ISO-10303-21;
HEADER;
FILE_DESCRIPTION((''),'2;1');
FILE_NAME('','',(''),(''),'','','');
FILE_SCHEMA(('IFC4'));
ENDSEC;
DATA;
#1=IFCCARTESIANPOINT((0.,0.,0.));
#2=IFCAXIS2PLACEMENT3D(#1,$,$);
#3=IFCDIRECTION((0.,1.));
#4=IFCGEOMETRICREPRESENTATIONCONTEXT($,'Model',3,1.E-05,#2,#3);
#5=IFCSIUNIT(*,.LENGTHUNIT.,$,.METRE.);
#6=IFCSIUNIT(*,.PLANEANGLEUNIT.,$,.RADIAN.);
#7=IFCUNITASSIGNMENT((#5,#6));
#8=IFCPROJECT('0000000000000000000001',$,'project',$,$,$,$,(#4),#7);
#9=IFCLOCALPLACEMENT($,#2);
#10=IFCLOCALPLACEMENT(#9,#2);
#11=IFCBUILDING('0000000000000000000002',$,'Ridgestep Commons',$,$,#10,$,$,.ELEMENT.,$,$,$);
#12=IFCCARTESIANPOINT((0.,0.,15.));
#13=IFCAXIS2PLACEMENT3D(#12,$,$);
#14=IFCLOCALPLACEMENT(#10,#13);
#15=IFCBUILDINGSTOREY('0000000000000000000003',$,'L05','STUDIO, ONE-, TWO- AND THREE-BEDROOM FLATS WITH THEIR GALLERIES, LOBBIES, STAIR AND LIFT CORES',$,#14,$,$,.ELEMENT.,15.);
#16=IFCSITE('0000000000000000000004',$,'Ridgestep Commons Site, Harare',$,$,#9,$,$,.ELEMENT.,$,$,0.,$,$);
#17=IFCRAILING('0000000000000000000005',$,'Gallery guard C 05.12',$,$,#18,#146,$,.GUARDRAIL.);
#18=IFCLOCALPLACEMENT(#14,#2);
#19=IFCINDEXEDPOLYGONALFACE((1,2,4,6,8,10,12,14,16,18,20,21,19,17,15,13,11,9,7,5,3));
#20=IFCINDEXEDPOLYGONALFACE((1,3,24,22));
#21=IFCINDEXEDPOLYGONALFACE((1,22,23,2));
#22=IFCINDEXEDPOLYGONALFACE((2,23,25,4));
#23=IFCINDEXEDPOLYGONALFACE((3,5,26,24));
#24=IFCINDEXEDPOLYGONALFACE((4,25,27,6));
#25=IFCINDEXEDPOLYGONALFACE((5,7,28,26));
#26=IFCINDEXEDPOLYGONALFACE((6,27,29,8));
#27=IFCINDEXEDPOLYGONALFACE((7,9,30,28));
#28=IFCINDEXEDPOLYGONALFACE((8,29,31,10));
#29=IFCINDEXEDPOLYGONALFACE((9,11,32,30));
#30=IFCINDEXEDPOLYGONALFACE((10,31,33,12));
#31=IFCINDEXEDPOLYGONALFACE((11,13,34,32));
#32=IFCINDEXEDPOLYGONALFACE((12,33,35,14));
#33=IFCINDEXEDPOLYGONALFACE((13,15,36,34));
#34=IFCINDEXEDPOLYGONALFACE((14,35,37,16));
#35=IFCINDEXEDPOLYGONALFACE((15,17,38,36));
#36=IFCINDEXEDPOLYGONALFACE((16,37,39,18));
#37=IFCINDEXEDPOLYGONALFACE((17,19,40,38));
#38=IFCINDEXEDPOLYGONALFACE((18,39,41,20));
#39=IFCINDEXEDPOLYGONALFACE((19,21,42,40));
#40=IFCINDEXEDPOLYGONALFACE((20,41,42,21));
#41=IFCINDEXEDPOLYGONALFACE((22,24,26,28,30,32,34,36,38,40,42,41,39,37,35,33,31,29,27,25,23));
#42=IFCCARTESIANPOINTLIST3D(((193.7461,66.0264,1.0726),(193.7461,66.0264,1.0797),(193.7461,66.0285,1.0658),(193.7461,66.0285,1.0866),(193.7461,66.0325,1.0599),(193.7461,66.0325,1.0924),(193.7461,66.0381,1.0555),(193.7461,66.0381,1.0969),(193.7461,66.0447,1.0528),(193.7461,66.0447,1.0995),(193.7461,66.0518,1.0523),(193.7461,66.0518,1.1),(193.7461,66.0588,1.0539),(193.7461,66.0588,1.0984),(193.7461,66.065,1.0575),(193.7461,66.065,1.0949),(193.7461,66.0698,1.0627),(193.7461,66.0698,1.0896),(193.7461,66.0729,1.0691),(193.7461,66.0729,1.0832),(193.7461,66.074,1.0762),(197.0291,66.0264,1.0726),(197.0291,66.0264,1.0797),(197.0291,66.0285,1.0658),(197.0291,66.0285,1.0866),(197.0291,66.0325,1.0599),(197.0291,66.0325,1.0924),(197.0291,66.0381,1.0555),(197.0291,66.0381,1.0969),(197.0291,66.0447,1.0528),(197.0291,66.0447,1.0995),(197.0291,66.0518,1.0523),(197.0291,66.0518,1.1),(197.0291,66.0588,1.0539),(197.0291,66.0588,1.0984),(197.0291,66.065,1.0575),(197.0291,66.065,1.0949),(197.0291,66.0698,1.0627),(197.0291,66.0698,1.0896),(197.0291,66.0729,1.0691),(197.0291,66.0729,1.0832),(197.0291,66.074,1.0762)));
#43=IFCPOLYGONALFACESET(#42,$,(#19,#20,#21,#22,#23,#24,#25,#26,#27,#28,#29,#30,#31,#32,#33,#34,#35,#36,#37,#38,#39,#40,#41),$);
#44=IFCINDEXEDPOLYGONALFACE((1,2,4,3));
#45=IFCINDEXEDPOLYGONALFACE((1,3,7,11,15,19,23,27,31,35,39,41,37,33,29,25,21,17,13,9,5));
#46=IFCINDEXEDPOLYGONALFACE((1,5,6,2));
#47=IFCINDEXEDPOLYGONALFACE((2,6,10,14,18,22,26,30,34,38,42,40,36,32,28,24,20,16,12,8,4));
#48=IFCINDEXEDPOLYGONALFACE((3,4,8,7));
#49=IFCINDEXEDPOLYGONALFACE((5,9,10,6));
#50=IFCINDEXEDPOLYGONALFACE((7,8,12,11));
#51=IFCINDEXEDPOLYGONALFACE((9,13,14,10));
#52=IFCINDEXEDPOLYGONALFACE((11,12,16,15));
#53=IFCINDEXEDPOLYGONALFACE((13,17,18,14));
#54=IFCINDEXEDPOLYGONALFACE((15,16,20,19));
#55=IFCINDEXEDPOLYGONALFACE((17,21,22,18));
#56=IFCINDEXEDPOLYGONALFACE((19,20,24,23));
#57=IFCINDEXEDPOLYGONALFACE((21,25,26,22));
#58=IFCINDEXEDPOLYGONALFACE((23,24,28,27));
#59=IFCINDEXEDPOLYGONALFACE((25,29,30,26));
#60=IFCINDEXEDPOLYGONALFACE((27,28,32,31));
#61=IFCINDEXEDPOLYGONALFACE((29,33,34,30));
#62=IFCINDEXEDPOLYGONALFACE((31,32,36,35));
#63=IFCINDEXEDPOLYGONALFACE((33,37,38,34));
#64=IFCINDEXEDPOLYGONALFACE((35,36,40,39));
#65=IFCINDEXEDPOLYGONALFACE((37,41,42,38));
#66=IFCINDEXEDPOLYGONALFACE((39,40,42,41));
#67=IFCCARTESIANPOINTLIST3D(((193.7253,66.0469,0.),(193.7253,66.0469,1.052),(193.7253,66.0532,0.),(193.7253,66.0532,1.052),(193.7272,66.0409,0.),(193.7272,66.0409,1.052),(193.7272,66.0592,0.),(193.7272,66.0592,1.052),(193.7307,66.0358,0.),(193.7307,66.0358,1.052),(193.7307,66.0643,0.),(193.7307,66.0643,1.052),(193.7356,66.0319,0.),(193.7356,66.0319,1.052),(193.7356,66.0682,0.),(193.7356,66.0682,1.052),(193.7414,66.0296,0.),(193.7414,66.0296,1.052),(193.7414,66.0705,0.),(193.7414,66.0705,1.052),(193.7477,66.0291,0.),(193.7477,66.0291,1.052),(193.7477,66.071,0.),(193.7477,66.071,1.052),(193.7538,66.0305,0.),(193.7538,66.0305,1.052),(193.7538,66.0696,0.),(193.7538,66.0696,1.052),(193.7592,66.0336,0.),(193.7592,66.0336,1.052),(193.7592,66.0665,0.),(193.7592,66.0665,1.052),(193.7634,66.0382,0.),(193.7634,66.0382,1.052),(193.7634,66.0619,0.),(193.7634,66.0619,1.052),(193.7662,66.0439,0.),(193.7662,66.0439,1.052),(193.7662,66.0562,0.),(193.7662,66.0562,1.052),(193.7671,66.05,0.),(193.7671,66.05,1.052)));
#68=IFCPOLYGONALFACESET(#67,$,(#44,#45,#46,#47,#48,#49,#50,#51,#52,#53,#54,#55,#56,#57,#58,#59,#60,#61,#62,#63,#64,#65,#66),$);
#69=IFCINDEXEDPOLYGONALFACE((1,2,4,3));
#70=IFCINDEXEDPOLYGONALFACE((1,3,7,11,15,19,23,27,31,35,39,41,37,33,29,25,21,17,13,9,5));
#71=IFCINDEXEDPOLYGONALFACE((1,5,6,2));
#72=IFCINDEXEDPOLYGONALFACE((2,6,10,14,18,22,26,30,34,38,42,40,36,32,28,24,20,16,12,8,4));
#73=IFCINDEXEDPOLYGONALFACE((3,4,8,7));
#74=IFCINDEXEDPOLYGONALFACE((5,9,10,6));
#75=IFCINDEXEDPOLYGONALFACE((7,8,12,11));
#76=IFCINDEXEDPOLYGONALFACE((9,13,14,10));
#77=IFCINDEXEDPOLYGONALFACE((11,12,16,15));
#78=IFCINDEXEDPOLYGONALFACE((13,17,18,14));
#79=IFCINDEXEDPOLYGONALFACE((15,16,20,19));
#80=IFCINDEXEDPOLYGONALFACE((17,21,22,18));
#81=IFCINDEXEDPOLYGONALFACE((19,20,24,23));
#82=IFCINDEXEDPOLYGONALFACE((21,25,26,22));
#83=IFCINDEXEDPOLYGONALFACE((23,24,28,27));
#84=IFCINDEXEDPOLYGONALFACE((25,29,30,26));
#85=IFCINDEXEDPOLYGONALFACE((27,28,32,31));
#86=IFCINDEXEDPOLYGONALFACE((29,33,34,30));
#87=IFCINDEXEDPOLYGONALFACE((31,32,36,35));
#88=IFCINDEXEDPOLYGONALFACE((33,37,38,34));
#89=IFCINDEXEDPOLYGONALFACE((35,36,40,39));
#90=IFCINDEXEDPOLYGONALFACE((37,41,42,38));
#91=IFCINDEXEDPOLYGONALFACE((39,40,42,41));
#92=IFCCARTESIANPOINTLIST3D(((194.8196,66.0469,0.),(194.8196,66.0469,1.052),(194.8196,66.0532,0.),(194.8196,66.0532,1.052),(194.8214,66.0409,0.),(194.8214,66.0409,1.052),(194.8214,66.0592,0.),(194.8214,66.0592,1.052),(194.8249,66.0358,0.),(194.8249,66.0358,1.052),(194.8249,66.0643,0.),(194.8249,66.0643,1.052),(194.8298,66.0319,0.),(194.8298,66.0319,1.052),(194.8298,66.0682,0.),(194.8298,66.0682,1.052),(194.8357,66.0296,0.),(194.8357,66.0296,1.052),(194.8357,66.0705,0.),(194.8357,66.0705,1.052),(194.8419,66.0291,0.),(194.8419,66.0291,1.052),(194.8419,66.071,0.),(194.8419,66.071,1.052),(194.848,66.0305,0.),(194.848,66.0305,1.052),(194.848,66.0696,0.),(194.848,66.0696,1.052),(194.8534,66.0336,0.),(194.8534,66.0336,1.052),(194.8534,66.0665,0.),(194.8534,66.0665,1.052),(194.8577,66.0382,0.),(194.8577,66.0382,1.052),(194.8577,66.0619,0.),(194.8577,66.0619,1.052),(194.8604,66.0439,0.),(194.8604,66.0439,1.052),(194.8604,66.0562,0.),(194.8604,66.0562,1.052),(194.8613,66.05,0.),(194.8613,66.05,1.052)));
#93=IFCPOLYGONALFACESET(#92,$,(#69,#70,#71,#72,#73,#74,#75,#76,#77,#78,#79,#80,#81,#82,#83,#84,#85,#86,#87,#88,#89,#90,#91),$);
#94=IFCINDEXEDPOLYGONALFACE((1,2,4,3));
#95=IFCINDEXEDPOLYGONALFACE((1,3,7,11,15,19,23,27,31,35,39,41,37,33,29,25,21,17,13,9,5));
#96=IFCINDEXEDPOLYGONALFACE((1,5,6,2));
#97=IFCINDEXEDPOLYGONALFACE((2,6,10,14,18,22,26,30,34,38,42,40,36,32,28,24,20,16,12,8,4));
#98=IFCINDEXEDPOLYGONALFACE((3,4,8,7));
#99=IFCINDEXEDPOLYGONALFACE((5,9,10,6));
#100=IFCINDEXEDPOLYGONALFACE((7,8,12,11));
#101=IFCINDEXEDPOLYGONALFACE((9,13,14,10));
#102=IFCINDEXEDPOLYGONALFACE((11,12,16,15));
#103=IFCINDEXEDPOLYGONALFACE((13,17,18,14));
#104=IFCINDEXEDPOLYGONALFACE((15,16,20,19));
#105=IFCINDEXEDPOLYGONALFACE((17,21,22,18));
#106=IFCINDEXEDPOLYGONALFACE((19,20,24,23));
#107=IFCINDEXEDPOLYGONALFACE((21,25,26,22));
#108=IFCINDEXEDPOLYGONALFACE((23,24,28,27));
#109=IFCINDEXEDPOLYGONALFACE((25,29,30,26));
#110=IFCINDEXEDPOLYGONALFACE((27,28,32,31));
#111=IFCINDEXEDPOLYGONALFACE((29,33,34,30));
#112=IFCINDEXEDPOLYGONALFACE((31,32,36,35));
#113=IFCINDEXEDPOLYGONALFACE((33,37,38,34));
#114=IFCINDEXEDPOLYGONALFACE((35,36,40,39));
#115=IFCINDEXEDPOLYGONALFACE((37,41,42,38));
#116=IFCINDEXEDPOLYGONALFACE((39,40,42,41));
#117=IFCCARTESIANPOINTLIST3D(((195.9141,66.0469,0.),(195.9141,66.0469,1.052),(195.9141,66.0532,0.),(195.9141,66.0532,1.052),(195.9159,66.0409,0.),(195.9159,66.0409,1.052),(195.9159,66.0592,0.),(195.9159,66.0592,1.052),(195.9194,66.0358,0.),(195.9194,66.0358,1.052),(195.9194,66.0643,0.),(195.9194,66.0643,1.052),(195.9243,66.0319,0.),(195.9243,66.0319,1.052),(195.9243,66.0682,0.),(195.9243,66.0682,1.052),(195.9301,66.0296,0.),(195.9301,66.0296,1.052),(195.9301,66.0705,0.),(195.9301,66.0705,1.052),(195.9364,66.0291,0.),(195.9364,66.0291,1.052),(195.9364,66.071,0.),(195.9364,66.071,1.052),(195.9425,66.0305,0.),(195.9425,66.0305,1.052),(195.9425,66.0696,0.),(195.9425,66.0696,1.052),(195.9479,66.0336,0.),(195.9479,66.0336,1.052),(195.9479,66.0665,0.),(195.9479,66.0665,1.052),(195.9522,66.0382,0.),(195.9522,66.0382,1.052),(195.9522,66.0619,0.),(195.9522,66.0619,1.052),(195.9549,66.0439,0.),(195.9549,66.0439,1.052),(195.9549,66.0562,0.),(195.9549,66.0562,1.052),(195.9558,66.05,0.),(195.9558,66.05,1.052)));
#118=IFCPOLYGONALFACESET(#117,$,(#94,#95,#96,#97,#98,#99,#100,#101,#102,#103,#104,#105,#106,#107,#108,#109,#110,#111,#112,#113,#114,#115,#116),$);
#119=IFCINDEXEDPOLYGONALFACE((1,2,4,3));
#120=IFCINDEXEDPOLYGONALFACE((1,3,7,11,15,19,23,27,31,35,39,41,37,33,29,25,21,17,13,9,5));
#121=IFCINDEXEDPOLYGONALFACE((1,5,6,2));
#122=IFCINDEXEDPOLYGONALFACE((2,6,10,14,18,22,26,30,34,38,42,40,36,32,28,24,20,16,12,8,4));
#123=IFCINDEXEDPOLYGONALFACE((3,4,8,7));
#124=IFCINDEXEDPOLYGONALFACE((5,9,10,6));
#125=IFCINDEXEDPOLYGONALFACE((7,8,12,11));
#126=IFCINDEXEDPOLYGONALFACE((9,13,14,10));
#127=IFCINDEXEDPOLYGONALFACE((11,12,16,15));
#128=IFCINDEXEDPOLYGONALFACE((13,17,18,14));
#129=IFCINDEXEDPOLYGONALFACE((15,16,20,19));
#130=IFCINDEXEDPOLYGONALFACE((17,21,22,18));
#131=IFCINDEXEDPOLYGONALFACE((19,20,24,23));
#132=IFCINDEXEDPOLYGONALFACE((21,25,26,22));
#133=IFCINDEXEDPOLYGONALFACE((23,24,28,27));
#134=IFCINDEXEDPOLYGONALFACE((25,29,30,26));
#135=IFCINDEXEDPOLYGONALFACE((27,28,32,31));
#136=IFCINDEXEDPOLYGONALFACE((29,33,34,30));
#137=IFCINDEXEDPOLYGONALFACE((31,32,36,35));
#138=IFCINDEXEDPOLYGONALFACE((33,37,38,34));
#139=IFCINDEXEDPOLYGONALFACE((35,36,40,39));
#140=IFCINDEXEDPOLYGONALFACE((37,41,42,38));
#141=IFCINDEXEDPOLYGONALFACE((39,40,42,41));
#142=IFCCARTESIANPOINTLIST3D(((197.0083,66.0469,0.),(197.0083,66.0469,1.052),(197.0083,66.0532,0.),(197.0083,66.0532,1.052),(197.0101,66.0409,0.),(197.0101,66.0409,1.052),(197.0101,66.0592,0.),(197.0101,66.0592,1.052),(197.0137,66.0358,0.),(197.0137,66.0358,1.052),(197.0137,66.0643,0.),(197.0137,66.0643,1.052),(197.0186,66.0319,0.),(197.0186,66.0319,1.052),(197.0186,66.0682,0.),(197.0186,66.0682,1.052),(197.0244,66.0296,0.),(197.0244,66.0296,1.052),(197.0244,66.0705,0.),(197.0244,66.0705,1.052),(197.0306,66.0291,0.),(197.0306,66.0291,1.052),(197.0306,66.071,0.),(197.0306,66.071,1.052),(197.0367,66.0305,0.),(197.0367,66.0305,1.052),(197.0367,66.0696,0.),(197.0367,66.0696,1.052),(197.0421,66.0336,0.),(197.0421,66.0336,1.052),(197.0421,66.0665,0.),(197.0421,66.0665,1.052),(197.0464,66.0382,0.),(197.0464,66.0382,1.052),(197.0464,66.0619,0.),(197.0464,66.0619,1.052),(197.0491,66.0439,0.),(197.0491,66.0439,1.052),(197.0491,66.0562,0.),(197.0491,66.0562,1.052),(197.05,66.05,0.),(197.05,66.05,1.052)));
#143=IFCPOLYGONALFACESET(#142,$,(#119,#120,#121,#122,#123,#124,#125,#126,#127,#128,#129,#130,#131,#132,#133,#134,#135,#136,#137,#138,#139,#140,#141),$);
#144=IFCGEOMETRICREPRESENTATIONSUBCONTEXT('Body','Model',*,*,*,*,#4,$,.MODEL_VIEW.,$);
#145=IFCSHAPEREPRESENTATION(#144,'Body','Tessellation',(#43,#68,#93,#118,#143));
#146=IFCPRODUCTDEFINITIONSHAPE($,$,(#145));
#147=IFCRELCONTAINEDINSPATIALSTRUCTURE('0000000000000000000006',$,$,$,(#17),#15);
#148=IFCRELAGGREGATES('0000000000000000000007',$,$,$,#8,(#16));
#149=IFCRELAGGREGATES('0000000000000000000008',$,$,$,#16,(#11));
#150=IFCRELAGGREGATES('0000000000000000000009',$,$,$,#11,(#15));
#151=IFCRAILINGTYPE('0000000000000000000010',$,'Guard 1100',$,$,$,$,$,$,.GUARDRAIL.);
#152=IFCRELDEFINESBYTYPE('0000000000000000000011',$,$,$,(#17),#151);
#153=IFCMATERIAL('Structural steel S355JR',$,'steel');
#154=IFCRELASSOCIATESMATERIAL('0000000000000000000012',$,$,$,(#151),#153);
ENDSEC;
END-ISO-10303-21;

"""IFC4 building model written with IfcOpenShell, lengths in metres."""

from ifc_helpers import new_model, si_unit, direction, frame, origin, origin_2d, place, context, subcontext, project, spatial, circle, extrude, material, type_object, element, save


model = new_model("IFC4")

# Units and contexts
model_context = context("Model", 3, precision=1e-05, world=origin(), true_north=direction((0.0, 1.0)))
body_context = subcontext(model_context, "Body", "Model", "MODEL_VIEW")
ifc_project = project(units=[si_unit("LENGTHUNIT", "METRE"), si_unit("PLANEANGLEUNIT", "RADIAN")], contexts=[model_context])

# Site, building, storey
site_placement = place(None, origin())
site = spatial("IfcSite", under=ifc_project, at=site_placement, Name="Ridgestep Commons Site, Harare", CompositionType="ELEMENT", RefElevation=0.0)
building_placement = place(site_placement, origin())
building = spatial("IfcBuilding", under=site, at=building_placement, Name="Ridgestep Commons", CompositionType="ELEMENT")
storey_placement = place(building_placement, frame((0.0, 0.0, 15.0)))
storey = spatial("IfcBuildingStorey", under=building, at=storey_placement, Name="L05", Description="STUDIO, ONE-, TWO- AND THREE-BEDROOM FLATS WITH THEIR GALLERIES, LOBBIES, STAIR AND LIFT CORES", CompositionType="ELEMENT", Elevation=15.0)

# Railing
ifc_material_1 = material(Name="Structural steel S355JR", Category="steel")
railing_type = type_object("IfcRailingType", Name="Guard 1100", PredefinedType="GUARDRAIL", material=ifc_material_1)
railing_1_placement = place(storey_placement, frame((193.7461, 66.05, 0.0)))
element("IfcRailing", 1, at=railing_1_placement, inside=storey, type_object=railing_type, Name="Gallery guard C 05.12", PredefinedType="GUARDRAIL", context=body_context, shape_type="SweptSolid", body=[
    extrude(circle(Radius=0.0239, at=origin_2d()), frame((0.0, 0.0, 1.0762), z_axis=(1.0, 0.0, 0.0), x_axis=(0.0, 1.0, 0.0)), (0.0, 0.0, 1.0), 3.283),
    extrude(circle(Radius=0.021, at=origin_2d()), origin(), (0.0, 0.0, 1.0), 1.052),
    extrude(circle(Radius=0.021, at=origin_2d()), frame((1.0942, 0.0, 0.0)), (0.0, 0.0, 1.0), 1.052),
    extrude(circle(Radius=0.021, at=origin_2d()), frame((2.1887, 0.0, 0.0)), (0.0, 0.0, 1.0), 1.052),
    extrude(circle(Radius=0.021, at=origin_2d()), frame((3.283, 0.0, 0.0)), (0.0, 0.0, 1.0), 1.052),
])

save(model, "model.ifc")
